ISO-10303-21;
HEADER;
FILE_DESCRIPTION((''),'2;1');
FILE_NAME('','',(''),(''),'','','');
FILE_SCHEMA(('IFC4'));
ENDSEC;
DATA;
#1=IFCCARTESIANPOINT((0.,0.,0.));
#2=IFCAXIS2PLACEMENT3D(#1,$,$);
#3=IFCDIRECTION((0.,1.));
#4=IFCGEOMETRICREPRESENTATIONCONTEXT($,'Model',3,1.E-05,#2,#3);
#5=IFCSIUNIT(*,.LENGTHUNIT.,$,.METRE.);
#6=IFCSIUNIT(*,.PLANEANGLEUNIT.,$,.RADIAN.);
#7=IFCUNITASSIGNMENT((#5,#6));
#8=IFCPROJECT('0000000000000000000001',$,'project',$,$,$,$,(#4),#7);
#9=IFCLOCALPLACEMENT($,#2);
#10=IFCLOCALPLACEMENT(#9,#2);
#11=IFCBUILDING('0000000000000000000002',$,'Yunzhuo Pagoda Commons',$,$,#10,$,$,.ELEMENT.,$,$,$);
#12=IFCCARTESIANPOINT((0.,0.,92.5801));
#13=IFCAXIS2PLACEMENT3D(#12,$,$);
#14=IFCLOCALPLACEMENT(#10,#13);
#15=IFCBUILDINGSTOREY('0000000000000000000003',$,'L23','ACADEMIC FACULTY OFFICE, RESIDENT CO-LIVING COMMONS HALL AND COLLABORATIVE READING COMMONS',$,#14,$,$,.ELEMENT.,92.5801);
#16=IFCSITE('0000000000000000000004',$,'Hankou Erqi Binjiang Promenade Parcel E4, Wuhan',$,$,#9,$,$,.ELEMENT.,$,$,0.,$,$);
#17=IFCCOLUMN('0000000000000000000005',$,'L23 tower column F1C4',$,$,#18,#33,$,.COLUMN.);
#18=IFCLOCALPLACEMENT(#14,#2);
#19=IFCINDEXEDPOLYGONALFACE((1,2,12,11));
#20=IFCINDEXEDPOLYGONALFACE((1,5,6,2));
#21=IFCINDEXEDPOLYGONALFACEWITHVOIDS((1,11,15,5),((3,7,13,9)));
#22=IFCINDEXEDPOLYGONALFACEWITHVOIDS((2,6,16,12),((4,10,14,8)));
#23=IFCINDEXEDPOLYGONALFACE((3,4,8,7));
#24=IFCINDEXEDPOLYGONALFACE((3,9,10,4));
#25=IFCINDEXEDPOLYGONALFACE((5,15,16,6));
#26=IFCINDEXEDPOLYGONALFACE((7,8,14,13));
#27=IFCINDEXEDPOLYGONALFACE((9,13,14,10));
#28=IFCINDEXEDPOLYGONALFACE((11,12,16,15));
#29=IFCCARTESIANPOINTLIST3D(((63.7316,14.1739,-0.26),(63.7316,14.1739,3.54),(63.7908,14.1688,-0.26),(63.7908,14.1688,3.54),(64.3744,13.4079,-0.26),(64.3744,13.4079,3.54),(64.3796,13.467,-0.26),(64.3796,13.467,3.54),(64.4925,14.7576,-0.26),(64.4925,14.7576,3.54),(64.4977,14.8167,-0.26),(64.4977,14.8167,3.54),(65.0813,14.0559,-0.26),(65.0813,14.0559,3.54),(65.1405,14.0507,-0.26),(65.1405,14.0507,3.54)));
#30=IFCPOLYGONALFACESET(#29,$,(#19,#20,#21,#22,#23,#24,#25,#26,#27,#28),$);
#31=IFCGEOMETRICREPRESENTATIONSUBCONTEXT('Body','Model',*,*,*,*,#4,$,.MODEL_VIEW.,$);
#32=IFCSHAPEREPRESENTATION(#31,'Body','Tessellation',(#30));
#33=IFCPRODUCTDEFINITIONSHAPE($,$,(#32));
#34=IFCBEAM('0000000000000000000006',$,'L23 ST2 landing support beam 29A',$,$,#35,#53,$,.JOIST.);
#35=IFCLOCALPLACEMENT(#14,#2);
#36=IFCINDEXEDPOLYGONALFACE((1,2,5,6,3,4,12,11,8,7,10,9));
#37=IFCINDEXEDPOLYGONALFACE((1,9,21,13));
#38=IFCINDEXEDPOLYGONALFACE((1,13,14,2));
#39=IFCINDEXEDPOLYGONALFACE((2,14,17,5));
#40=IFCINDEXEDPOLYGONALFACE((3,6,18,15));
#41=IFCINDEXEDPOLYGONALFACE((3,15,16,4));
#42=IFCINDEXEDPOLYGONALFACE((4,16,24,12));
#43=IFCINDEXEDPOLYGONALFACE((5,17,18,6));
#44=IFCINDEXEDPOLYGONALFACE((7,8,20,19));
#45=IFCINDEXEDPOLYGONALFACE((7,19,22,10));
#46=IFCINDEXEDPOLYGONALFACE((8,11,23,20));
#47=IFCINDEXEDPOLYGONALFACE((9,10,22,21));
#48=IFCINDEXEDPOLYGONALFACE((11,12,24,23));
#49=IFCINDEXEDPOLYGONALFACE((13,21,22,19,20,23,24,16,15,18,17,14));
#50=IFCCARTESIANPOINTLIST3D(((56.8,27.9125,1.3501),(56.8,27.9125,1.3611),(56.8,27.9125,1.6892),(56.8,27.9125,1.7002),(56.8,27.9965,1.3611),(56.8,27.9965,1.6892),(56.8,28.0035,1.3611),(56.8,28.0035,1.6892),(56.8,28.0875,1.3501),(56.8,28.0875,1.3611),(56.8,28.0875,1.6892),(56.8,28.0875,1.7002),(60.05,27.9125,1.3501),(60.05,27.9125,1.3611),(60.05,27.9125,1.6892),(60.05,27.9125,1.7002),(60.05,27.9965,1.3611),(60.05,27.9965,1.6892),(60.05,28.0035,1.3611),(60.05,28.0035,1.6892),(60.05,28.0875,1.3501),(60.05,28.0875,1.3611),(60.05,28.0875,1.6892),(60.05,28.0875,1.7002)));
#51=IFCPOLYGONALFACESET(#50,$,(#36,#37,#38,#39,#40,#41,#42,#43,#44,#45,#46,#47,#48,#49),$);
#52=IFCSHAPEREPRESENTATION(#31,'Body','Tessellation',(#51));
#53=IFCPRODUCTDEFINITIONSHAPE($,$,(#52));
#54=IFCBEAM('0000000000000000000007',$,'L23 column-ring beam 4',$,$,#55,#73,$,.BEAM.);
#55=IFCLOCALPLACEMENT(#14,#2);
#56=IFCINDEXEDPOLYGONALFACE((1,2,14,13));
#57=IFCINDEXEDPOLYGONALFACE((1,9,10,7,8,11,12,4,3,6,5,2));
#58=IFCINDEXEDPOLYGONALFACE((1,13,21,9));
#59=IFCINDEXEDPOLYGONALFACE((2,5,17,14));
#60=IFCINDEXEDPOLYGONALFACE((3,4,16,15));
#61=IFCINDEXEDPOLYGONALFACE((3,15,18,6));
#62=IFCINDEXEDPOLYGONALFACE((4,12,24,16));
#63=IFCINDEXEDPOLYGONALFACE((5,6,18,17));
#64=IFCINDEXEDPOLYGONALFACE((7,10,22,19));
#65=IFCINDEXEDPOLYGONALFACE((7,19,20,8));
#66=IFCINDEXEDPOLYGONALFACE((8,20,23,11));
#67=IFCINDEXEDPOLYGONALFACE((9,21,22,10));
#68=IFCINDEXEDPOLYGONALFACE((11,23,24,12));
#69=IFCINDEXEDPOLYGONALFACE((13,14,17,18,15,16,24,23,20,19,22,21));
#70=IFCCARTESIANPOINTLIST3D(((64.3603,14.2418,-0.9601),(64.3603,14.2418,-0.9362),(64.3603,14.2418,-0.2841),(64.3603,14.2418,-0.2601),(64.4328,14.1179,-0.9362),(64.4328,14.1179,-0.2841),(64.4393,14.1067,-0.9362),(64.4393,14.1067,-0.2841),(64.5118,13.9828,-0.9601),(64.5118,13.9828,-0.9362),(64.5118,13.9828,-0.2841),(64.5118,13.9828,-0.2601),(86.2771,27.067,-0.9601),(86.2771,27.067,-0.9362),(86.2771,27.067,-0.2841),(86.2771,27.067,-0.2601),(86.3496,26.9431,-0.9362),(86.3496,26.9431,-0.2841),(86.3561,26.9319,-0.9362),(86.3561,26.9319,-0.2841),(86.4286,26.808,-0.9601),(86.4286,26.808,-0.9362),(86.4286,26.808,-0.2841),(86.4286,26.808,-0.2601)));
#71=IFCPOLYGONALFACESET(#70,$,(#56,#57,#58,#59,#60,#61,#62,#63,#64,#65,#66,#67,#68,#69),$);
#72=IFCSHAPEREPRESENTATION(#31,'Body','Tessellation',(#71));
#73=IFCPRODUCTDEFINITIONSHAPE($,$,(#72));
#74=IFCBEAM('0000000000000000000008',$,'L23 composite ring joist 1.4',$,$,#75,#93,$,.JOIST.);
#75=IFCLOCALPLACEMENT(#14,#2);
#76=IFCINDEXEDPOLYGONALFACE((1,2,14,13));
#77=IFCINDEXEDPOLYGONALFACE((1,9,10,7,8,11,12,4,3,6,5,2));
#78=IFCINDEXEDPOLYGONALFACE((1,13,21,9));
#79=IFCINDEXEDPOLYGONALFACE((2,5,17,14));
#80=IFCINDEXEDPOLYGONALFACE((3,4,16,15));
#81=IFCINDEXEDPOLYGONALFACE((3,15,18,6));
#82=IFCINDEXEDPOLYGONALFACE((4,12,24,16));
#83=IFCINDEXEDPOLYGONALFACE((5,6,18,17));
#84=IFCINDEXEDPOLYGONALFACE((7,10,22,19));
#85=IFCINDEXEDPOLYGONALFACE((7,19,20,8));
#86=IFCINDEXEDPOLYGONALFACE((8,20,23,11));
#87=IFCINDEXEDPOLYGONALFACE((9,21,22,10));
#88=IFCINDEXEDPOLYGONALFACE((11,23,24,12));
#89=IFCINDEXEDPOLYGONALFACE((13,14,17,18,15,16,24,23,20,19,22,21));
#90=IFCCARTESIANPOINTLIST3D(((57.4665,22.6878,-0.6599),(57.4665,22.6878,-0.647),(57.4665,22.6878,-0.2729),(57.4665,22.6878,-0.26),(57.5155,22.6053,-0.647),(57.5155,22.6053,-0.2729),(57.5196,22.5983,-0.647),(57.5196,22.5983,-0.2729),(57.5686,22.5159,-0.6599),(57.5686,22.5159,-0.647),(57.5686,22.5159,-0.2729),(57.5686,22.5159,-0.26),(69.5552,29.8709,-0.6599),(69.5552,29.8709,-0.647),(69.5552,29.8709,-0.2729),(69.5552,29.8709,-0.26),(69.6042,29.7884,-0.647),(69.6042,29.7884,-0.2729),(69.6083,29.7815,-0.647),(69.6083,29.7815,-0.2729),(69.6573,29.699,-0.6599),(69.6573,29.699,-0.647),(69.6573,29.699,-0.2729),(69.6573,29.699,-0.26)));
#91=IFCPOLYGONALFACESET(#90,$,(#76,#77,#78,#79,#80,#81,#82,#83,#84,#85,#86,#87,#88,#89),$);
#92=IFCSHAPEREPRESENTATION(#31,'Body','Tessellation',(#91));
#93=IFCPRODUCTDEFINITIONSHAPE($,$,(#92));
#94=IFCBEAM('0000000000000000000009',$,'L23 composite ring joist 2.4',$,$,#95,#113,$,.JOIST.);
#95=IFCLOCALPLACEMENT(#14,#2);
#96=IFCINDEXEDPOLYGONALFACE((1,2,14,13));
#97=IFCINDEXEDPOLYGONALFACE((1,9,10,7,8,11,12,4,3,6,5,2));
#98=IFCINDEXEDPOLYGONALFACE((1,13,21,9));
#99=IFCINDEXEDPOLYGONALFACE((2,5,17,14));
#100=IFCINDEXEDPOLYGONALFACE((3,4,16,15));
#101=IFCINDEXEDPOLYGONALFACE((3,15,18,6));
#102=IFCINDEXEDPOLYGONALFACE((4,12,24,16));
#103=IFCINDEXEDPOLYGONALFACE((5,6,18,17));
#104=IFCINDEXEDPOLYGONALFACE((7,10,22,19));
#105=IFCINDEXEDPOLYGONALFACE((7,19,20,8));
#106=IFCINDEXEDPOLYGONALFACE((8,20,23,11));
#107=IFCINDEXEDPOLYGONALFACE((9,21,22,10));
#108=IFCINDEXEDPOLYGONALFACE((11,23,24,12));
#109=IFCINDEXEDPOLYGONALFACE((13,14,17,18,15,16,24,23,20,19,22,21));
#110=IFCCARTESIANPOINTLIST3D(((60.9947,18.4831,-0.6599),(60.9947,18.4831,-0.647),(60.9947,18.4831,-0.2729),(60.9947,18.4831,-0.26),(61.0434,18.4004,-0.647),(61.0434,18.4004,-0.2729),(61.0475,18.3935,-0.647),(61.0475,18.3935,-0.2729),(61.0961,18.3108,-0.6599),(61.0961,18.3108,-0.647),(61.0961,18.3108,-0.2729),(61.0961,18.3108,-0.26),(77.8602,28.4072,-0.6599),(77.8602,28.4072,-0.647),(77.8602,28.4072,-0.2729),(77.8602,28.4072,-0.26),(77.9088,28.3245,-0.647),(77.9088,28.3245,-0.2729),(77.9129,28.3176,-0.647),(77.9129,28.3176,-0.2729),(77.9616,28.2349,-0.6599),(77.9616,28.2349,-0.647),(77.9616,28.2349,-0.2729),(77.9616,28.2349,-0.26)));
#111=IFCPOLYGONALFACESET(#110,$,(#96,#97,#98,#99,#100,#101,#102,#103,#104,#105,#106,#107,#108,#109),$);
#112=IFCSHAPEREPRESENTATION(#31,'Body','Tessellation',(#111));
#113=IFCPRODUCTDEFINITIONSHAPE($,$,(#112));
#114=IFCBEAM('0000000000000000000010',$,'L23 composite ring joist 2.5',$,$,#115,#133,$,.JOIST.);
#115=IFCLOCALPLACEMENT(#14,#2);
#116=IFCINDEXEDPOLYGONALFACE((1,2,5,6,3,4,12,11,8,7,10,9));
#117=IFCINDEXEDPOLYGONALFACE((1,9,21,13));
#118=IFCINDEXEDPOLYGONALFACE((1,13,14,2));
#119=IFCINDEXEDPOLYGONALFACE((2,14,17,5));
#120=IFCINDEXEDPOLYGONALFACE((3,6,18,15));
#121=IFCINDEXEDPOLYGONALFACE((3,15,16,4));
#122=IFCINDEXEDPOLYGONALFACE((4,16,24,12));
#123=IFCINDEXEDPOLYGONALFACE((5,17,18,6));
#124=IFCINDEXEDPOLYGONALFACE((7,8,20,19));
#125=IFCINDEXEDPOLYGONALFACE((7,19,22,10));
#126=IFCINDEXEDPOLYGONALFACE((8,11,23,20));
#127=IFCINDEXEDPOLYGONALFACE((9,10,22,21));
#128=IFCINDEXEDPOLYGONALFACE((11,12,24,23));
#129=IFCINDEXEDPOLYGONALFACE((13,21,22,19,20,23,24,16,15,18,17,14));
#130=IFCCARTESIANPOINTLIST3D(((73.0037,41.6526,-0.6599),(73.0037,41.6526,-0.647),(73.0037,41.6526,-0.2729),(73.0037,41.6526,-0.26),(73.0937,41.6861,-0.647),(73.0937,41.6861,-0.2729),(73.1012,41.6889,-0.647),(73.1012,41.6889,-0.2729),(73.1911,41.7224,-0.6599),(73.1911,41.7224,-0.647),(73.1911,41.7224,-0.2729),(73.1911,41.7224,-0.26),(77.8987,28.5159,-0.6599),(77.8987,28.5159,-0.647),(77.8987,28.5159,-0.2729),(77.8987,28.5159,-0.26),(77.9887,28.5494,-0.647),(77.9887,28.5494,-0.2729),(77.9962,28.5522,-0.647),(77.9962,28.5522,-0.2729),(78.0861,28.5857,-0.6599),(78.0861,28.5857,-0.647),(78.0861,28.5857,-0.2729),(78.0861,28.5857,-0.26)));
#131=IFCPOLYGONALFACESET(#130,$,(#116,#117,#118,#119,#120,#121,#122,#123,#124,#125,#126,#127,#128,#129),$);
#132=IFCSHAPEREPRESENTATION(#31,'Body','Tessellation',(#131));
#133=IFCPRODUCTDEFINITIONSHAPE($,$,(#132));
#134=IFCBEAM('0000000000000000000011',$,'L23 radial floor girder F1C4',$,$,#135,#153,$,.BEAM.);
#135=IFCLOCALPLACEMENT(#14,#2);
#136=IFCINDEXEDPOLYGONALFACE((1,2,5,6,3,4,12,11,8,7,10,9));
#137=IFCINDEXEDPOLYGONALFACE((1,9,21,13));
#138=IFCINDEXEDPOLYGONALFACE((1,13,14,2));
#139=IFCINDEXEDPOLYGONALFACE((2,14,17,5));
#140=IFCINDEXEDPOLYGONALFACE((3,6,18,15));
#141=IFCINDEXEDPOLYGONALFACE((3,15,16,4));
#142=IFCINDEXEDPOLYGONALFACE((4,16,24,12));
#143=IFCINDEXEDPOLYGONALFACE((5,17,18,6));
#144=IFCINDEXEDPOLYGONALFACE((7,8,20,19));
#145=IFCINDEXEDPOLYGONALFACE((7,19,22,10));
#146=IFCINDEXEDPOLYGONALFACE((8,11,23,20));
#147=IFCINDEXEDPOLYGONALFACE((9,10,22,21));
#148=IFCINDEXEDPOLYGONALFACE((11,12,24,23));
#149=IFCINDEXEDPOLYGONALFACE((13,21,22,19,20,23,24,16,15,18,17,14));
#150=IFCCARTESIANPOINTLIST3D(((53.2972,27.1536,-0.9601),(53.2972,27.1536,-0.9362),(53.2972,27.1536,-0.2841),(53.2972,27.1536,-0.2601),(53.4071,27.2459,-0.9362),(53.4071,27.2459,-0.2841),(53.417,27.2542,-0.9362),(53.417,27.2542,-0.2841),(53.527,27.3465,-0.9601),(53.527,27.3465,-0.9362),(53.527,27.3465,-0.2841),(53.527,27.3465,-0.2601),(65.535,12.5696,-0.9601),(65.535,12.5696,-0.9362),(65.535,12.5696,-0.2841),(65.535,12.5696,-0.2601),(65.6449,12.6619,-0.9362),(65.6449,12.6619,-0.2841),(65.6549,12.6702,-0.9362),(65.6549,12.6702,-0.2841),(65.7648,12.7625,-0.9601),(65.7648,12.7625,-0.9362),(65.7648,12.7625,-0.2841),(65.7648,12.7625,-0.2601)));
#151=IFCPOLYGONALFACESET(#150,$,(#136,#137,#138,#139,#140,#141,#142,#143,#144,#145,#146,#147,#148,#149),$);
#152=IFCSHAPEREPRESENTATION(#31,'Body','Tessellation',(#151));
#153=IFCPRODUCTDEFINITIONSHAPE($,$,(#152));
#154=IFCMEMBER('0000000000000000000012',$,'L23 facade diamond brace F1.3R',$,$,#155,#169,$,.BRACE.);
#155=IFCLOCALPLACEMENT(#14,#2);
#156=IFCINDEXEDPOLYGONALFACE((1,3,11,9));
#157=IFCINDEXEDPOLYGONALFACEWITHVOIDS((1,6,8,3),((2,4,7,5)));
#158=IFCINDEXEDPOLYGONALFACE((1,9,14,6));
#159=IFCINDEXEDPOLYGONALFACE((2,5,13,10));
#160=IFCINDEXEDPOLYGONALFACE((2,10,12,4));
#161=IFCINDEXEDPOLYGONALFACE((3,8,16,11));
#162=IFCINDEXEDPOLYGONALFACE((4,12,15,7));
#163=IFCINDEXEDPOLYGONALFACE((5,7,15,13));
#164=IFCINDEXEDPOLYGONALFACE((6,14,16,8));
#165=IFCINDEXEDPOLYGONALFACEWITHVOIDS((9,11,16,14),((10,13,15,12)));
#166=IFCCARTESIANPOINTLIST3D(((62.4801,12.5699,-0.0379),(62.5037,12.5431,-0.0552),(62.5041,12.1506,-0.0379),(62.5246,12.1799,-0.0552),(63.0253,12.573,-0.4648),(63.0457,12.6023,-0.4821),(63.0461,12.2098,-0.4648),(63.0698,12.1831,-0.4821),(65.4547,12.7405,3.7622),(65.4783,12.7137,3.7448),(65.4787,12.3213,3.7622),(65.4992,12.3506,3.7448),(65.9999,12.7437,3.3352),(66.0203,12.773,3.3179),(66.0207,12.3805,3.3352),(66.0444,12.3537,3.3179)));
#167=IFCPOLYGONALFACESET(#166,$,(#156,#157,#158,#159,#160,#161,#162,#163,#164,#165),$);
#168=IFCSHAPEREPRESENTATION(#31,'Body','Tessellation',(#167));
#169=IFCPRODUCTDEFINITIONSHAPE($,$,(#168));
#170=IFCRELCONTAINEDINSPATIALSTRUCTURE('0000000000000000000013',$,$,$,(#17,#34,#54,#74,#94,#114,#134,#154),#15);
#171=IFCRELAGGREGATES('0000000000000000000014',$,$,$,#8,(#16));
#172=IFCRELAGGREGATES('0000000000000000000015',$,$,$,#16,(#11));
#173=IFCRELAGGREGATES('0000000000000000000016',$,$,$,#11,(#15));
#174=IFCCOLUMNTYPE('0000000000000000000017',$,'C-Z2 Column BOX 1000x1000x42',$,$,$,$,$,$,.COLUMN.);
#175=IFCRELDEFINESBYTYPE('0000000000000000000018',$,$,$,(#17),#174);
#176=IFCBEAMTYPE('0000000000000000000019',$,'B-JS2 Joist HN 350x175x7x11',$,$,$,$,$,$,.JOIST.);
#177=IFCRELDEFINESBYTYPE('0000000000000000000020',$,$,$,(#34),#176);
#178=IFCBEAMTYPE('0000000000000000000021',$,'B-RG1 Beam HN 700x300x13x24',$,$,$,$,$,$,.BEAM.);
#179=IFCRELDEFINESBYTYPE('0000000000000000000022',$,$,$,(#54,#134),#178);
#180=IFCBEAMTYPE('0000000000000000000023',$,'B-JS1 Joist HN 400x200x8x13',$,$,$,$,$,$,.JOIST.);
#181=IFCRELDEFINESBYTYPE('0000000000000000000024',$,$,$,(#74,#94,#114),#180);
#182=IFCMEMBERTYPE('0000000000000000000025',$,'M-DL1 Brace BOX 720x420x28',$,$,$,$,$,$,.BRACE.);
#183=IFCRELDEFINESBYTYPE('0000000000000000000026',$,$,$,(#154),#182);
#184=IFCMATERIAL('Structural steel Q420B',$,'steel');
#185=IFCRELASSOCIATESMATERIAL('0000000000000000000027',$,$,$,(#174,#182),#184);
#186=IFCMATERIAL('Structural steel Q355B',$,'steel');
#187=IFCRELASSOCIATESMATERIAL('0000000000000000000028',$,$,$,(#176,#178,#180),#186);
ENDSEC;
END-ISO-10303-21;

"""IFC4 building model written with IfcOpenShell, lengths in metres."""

from ifc_helpers import new_model, si_unit, direction, frame, origin, origin_2d, place, context, subcontext, project, spatial, hollow_rectangle, i_section, extrude, source, transform, mapped, material, material_profile, profile_set, type_object, element, save


model = new_model("IFC4")

# Units and contexts
model_context = context("Model", 3, precision=1e-05, world=origin(), true_north=direction((0.0, 1.0)))
body_context = subcontext(model_context, "Body", "Model", "MODEL_VIEW")
ifc_project = project(units=[si_unit("LENGTHUNIT", "METRE"), si_unit("PLANEANGLEUNIT", "RADIAN")], contexts=[model_context])

# Site, building, storey
site_placement = place(None, origin())
site = spatial("IfcSite", under=ifc_project, at=site_placement, Name="Hankou Erqi Binjiang Promenade Parcel E4, Wuhan", CompositionType="ELEMENT", RefElevation=0.0)
building_placement = place(site_placement, origin())
building = spatial("IfcBuilding", under=site, at=building_placement, Name="Yunzhuo Pagoda Commons", CompositionType="ELEMENT")
storey_placement = place(building_placement, frame((0.0, 0.0, 92.5801)))
storey = spatial("IfcBuildingStorey", under=building, at=storey_placement, Name="L23", Description="ACADEMIC FACULTY OFFICE, RESIDENT CO-LIVING COMMONS HALL AND COLLABORATIVE READING COMMONS", CompositionType="ELEMENT", Elevation=92.5801)

# Column
ifc_material_1 = material(Name="Structural steel Q420B", Category="steel")
ifc_material_profile_1 = material_profile(ifc_material_1, hollow_rectangle(XDim=1.0, YDim=1.0, WallThickness=0.042, at=origin_2d()), Name="Structural steel Q420B")
ifc_profile_set_1 = profile_set([ifc_material_profile_1], Name="Structural steel Q420B")
column_type = type_object("IfcColumnType", Name="C-Z2 Column BOX 1000x1000x42", PredefinedType="COLUMN", material=ifc_profile_set_1)
shared_shape_1 = source(origin(), body_context, "Body", "SweptSolid", [
    extrude(hollow_rectangle(XDim=1.0, YDim=1.0, WallThickness=0.042, at=origin_2d()), origin(), (0.0, 0.0, 1.0), 3.8),
])
column_placement = place(storey_placement, frame((64.436, 14.1123, -0.26), z_axis=(0.0, 0.0, 1.0), x_axis=(0.766044, 0.642788, 0.0)))
element("IfcColumn", 1, at=column_placement, inside=storey, type_object=column_type, Name="L23 tower column F1C4", PredefinedType="COLUMN", context=body_context, shape_type="MappedRepresentation", body=[
    mapped(shared_shape_1, transform((0.0, 0.0, 0.0), scale=1.0)),
])

# Beams
ifc_material_2 = material(Name="Structural steel Q355B", Category="steel")
ifc_material_profile_2 = material_profile(ifc_material_2, i_section(OverallWidth=0.175, OverallDepth=0.3501, WebThickness=0.0071, FlangeThickness=0.011, at=origin_2d()), Name="Structural steel Q355B")
ifc_profile_set_2 = profile_set([ifc_material_profile_2], Name="Structural steel Q355B")
beam_type_1 = type_object("IfcBeamType", Name="B-JS2 Joist HN 350x175x7x11", PredefinedType="JOIST", material=ifc_profile_set_2)
shared_shape_2 = source(origin(), body_context, "Body", "SweptSolid", [
    extrude(i_section(OverallWidth=0.175, OverallDepth=0.3501, WebThickness=0.0071, FlangeThickness=0.011, at=origin_2d()), origin(), (0.0, 0.0, 1.0), 3.25),
])
beam_1_placement = place(storey_placement, frame((56.8, 28.0, 1.5251), z_axis=(1.0, 0.0, 0.0), x_axis=(0.0, 1.0, 0.0)))
element("IfcBeam", 2, at=beam_1_placement, inside=storey, type_object=beam_type_1, Name="L23 ST2 landing support beam 29A", PredefinedType="JOIST", context=body_context, shape_type="MappedRepresentation", body=[
    mapped(shared_shape_2, transform((0.0, 0.0, 0.0), scale=1.0)),
])
ifc_material_profile_3 = material_profile(ifc_material_2, i_section(OverallWidth=0.3, OverallDepth=0.7, WebThickness=0.0129, FlangeThickness=0.0239, at=origin_2d()), Name="Structural steel Q355B")
ifc_profile_set_3 = profile_set([ifc_material_profile_3], Name="Structural steel Q355B")
beam_type_2 = type_object("IfcBeamType", Name="B-RG1 Beam HN 700x300x13x24", PredefinedType="BEAM", material=ifc_profile_set_3)
shared_shape_3 = source(origin(), body_context, "Body", "SweptSolid", [
    extrude(i_section(OverallWidth=0.3, OverallDepth=0.7, WebThickness=0.0129, FlangeThickness=0.0239, at=origin_2d()), origin(), (0.0, 0.0, 1.0), 25.3936),
])
beam_2_placement = place(storey_placement, frame((64.436, 14.1123, -0.6101), z_axis=(0.863085, 0.505058, 0.0), x_axis=(-0.505058, 0.863085, 0.0)))
element("IfcBeam", 3, at=beam_2_placement, inside=storey, type_object=beam_type_2, Name="L23 column-ring beam 4", PredefinedType="BEAM", context=body_context, shape_type="MappedRepresentation", body=[
    mapped(shared_shape_3, transform((0.0, 0.0, 0.0), scale=1.0)),
])
ifc_material_profile_4 = material_profile(ifc_material_2, i_section(OverallWidth=0.2, OverallDepth=0.3999, WebThickness=0.0081, FlangeThickness=0.0129, at=origin_2d()), Name="Structural steel Q355B")
ifc_profile_set_4 = profile_set([ifc_material_profile_4], Name="Structural steel Q355B")
beam_type_3 = type_object("IfcBeamType", Name="B-JS1 Joist HN 400x200x8x13", PredefinedType="JOIST", material=ifc_profile_set_4)
shared_shape_4 = source(origin(), body_context, "Body", "SweptSolid", [
    extrude(i_section(OverallWidth=0.2, OverallDepth=0.3999, WebThickness=0.0081, FlangeThickness=0.0129, at=origin_2d()), origin(), (0.0, 0.0, 1.0), 14.0618),
])
beam_3_placement = place(storey_placement, frame((57.5176, 22.6018, -0.46), z_axis=(0.859683, 0.510827, 0.0), x_axis=(-0.510827, 0.859683, 0.0)))
element("IfcBeam", 4, at=beam_3_placement, inside=storey, type_object=beam_type_3, Name="L23 composite ring joist 1.4", PredefinedType="JOIST", context=body_context, shape_type="MappedRepresentation", body=[
    mapped(shared_shape_4, transform((0.0, 0.0, 0.0), scale=1.0)),
])
shared_shape_5 = source(origin(), body_context, "Body", "SweptSolid", [
    extrude(i_section(OverallWidth=0.2, OverallDepth=0.3999, WebThickness=0.0081, FlangeThickness=0.0129, at=origin_2d()), origin(), (0.0, 0.0, 1.0), 19.5686),
])
beam_4_placement = place(storey_placement, frame((61.0454, 18.397, -0.46), z_axis=(0.861863, 0.507142, 0.0), x_axis=(-0.507142, 0.861863, 0.0)))
element("IfcBeam", 5, at=beam_4_placement, inside=storey, type_object=beam_type_3, Name="L23 composite ring joist 2.4", PredefinedType="JOIST", context=body_context, shape_type="MappedRepresentation", body=[
    mapped(shared_shape_5, transform((0.0, 0.0, 0.0), scale=1.0)),
])
shared_shape_6 = source(origin(), body_context, "Body", "SweptSolid", [
    extrude(i_section(OverallWidth=0.2, OverallDepth=0.3999, WebThickness=0.0081, FlangeThickness=0.0129, at=origin_2d()), origin(), (0.0, 0.0, 1.0), 14.019),
])
beam_5_placement = place(storey_placement, frame((77.9924, 28.5508, -0.46), z_axis=(-0.349168, 0.93706, 0.0), x_axis=(-0.93706, -0.349168, 0.0)))
element("IfcBeam", 6, at=beam_5_placement, inside=storey, type_object=beam_type_3, Name="L23 composite ring joist 2.5", PredefinedType="JOIST", context=body_context, shape_type="MappedRepresentation", body=[
    mapped(shared_shape_6, transform((0.0, 0.0, 0.0), scale=1.0)),
])
shared_shape_7 = source(origin(), body_context, "Body", "SweptSolid", [
    extrude(i_section(OverallWidth=0.3, OverallDepth=0.7, WebThickness=0.0129, FlangeThickness=0.0239, at=origin_2d()), origin(), (0.0, 0.0, 1.0), 19.0383),
])
beam_6_placement = place(storey_placement, frame((65.6499, 12.666, -0.6101), z_axis=(-0.642799, 0.766035, 0.0), x_axis=(-0.766035, -0.642799, 0.0)))
element("IfcBeam", 7, at=beam_6_placement, inside=storey, type_object=beam_type_2, Name="L23 radial floor girder F1C4", PredefinedType="BEAM", context=body_context, shape_type="MappedRepresentation", body=[
    mapped(shared_shape_7, transform((0.0, 0.0, 0.0), scale=1.0)),
])

# Member
ifc_material_profile_5 = material_profile(ifc_material_1, hollow_rectangle(XDim=0.4199, YDim=0.72, WallThickness=0.0281, at=origin_2d()), Name="Structural steel Q420B")
ifc_profile_set_5 = profile_set([ifc_material_profile_5], Name="Structural steel Q420B")
member_type_1 = type_object("IfcMemberType", Name="M-DL1 Brace BOX 720x420x28", PredefinedType="BRACE", material=ifc_profile_set_5)
shared_shape_8 = source(origin(), body_context, "Body", "SweptSolid", [
    extrude(hollow_rectangle(XDim=0.4199, YDim=0.72, WallThickness=0.0281, at=origin_2d()), origin(), (0.0, 0.0, 1.0), 4.8289),
])
member_1_placement = place(storey_placement, frame((62.7749, 12.3765, -0.26), z_axis=(0.616008, 0.035341, 0.786947), x_axis=(-0.057276, 0.998358, 0.0)))
element("IfcMember", 8, at=member_1_placement, inside=storey, type_object=member_type_1, Name="L23 facade diamond brace F1.3R", PredefinedType="BRACE", context=body_context, shape_type="MappedRepresentation", body=[
    mapped(shared_shape_8, transform((0.0, 0.0, 0.0), scale=1.0)),
])

save(model, "model.ifc")
